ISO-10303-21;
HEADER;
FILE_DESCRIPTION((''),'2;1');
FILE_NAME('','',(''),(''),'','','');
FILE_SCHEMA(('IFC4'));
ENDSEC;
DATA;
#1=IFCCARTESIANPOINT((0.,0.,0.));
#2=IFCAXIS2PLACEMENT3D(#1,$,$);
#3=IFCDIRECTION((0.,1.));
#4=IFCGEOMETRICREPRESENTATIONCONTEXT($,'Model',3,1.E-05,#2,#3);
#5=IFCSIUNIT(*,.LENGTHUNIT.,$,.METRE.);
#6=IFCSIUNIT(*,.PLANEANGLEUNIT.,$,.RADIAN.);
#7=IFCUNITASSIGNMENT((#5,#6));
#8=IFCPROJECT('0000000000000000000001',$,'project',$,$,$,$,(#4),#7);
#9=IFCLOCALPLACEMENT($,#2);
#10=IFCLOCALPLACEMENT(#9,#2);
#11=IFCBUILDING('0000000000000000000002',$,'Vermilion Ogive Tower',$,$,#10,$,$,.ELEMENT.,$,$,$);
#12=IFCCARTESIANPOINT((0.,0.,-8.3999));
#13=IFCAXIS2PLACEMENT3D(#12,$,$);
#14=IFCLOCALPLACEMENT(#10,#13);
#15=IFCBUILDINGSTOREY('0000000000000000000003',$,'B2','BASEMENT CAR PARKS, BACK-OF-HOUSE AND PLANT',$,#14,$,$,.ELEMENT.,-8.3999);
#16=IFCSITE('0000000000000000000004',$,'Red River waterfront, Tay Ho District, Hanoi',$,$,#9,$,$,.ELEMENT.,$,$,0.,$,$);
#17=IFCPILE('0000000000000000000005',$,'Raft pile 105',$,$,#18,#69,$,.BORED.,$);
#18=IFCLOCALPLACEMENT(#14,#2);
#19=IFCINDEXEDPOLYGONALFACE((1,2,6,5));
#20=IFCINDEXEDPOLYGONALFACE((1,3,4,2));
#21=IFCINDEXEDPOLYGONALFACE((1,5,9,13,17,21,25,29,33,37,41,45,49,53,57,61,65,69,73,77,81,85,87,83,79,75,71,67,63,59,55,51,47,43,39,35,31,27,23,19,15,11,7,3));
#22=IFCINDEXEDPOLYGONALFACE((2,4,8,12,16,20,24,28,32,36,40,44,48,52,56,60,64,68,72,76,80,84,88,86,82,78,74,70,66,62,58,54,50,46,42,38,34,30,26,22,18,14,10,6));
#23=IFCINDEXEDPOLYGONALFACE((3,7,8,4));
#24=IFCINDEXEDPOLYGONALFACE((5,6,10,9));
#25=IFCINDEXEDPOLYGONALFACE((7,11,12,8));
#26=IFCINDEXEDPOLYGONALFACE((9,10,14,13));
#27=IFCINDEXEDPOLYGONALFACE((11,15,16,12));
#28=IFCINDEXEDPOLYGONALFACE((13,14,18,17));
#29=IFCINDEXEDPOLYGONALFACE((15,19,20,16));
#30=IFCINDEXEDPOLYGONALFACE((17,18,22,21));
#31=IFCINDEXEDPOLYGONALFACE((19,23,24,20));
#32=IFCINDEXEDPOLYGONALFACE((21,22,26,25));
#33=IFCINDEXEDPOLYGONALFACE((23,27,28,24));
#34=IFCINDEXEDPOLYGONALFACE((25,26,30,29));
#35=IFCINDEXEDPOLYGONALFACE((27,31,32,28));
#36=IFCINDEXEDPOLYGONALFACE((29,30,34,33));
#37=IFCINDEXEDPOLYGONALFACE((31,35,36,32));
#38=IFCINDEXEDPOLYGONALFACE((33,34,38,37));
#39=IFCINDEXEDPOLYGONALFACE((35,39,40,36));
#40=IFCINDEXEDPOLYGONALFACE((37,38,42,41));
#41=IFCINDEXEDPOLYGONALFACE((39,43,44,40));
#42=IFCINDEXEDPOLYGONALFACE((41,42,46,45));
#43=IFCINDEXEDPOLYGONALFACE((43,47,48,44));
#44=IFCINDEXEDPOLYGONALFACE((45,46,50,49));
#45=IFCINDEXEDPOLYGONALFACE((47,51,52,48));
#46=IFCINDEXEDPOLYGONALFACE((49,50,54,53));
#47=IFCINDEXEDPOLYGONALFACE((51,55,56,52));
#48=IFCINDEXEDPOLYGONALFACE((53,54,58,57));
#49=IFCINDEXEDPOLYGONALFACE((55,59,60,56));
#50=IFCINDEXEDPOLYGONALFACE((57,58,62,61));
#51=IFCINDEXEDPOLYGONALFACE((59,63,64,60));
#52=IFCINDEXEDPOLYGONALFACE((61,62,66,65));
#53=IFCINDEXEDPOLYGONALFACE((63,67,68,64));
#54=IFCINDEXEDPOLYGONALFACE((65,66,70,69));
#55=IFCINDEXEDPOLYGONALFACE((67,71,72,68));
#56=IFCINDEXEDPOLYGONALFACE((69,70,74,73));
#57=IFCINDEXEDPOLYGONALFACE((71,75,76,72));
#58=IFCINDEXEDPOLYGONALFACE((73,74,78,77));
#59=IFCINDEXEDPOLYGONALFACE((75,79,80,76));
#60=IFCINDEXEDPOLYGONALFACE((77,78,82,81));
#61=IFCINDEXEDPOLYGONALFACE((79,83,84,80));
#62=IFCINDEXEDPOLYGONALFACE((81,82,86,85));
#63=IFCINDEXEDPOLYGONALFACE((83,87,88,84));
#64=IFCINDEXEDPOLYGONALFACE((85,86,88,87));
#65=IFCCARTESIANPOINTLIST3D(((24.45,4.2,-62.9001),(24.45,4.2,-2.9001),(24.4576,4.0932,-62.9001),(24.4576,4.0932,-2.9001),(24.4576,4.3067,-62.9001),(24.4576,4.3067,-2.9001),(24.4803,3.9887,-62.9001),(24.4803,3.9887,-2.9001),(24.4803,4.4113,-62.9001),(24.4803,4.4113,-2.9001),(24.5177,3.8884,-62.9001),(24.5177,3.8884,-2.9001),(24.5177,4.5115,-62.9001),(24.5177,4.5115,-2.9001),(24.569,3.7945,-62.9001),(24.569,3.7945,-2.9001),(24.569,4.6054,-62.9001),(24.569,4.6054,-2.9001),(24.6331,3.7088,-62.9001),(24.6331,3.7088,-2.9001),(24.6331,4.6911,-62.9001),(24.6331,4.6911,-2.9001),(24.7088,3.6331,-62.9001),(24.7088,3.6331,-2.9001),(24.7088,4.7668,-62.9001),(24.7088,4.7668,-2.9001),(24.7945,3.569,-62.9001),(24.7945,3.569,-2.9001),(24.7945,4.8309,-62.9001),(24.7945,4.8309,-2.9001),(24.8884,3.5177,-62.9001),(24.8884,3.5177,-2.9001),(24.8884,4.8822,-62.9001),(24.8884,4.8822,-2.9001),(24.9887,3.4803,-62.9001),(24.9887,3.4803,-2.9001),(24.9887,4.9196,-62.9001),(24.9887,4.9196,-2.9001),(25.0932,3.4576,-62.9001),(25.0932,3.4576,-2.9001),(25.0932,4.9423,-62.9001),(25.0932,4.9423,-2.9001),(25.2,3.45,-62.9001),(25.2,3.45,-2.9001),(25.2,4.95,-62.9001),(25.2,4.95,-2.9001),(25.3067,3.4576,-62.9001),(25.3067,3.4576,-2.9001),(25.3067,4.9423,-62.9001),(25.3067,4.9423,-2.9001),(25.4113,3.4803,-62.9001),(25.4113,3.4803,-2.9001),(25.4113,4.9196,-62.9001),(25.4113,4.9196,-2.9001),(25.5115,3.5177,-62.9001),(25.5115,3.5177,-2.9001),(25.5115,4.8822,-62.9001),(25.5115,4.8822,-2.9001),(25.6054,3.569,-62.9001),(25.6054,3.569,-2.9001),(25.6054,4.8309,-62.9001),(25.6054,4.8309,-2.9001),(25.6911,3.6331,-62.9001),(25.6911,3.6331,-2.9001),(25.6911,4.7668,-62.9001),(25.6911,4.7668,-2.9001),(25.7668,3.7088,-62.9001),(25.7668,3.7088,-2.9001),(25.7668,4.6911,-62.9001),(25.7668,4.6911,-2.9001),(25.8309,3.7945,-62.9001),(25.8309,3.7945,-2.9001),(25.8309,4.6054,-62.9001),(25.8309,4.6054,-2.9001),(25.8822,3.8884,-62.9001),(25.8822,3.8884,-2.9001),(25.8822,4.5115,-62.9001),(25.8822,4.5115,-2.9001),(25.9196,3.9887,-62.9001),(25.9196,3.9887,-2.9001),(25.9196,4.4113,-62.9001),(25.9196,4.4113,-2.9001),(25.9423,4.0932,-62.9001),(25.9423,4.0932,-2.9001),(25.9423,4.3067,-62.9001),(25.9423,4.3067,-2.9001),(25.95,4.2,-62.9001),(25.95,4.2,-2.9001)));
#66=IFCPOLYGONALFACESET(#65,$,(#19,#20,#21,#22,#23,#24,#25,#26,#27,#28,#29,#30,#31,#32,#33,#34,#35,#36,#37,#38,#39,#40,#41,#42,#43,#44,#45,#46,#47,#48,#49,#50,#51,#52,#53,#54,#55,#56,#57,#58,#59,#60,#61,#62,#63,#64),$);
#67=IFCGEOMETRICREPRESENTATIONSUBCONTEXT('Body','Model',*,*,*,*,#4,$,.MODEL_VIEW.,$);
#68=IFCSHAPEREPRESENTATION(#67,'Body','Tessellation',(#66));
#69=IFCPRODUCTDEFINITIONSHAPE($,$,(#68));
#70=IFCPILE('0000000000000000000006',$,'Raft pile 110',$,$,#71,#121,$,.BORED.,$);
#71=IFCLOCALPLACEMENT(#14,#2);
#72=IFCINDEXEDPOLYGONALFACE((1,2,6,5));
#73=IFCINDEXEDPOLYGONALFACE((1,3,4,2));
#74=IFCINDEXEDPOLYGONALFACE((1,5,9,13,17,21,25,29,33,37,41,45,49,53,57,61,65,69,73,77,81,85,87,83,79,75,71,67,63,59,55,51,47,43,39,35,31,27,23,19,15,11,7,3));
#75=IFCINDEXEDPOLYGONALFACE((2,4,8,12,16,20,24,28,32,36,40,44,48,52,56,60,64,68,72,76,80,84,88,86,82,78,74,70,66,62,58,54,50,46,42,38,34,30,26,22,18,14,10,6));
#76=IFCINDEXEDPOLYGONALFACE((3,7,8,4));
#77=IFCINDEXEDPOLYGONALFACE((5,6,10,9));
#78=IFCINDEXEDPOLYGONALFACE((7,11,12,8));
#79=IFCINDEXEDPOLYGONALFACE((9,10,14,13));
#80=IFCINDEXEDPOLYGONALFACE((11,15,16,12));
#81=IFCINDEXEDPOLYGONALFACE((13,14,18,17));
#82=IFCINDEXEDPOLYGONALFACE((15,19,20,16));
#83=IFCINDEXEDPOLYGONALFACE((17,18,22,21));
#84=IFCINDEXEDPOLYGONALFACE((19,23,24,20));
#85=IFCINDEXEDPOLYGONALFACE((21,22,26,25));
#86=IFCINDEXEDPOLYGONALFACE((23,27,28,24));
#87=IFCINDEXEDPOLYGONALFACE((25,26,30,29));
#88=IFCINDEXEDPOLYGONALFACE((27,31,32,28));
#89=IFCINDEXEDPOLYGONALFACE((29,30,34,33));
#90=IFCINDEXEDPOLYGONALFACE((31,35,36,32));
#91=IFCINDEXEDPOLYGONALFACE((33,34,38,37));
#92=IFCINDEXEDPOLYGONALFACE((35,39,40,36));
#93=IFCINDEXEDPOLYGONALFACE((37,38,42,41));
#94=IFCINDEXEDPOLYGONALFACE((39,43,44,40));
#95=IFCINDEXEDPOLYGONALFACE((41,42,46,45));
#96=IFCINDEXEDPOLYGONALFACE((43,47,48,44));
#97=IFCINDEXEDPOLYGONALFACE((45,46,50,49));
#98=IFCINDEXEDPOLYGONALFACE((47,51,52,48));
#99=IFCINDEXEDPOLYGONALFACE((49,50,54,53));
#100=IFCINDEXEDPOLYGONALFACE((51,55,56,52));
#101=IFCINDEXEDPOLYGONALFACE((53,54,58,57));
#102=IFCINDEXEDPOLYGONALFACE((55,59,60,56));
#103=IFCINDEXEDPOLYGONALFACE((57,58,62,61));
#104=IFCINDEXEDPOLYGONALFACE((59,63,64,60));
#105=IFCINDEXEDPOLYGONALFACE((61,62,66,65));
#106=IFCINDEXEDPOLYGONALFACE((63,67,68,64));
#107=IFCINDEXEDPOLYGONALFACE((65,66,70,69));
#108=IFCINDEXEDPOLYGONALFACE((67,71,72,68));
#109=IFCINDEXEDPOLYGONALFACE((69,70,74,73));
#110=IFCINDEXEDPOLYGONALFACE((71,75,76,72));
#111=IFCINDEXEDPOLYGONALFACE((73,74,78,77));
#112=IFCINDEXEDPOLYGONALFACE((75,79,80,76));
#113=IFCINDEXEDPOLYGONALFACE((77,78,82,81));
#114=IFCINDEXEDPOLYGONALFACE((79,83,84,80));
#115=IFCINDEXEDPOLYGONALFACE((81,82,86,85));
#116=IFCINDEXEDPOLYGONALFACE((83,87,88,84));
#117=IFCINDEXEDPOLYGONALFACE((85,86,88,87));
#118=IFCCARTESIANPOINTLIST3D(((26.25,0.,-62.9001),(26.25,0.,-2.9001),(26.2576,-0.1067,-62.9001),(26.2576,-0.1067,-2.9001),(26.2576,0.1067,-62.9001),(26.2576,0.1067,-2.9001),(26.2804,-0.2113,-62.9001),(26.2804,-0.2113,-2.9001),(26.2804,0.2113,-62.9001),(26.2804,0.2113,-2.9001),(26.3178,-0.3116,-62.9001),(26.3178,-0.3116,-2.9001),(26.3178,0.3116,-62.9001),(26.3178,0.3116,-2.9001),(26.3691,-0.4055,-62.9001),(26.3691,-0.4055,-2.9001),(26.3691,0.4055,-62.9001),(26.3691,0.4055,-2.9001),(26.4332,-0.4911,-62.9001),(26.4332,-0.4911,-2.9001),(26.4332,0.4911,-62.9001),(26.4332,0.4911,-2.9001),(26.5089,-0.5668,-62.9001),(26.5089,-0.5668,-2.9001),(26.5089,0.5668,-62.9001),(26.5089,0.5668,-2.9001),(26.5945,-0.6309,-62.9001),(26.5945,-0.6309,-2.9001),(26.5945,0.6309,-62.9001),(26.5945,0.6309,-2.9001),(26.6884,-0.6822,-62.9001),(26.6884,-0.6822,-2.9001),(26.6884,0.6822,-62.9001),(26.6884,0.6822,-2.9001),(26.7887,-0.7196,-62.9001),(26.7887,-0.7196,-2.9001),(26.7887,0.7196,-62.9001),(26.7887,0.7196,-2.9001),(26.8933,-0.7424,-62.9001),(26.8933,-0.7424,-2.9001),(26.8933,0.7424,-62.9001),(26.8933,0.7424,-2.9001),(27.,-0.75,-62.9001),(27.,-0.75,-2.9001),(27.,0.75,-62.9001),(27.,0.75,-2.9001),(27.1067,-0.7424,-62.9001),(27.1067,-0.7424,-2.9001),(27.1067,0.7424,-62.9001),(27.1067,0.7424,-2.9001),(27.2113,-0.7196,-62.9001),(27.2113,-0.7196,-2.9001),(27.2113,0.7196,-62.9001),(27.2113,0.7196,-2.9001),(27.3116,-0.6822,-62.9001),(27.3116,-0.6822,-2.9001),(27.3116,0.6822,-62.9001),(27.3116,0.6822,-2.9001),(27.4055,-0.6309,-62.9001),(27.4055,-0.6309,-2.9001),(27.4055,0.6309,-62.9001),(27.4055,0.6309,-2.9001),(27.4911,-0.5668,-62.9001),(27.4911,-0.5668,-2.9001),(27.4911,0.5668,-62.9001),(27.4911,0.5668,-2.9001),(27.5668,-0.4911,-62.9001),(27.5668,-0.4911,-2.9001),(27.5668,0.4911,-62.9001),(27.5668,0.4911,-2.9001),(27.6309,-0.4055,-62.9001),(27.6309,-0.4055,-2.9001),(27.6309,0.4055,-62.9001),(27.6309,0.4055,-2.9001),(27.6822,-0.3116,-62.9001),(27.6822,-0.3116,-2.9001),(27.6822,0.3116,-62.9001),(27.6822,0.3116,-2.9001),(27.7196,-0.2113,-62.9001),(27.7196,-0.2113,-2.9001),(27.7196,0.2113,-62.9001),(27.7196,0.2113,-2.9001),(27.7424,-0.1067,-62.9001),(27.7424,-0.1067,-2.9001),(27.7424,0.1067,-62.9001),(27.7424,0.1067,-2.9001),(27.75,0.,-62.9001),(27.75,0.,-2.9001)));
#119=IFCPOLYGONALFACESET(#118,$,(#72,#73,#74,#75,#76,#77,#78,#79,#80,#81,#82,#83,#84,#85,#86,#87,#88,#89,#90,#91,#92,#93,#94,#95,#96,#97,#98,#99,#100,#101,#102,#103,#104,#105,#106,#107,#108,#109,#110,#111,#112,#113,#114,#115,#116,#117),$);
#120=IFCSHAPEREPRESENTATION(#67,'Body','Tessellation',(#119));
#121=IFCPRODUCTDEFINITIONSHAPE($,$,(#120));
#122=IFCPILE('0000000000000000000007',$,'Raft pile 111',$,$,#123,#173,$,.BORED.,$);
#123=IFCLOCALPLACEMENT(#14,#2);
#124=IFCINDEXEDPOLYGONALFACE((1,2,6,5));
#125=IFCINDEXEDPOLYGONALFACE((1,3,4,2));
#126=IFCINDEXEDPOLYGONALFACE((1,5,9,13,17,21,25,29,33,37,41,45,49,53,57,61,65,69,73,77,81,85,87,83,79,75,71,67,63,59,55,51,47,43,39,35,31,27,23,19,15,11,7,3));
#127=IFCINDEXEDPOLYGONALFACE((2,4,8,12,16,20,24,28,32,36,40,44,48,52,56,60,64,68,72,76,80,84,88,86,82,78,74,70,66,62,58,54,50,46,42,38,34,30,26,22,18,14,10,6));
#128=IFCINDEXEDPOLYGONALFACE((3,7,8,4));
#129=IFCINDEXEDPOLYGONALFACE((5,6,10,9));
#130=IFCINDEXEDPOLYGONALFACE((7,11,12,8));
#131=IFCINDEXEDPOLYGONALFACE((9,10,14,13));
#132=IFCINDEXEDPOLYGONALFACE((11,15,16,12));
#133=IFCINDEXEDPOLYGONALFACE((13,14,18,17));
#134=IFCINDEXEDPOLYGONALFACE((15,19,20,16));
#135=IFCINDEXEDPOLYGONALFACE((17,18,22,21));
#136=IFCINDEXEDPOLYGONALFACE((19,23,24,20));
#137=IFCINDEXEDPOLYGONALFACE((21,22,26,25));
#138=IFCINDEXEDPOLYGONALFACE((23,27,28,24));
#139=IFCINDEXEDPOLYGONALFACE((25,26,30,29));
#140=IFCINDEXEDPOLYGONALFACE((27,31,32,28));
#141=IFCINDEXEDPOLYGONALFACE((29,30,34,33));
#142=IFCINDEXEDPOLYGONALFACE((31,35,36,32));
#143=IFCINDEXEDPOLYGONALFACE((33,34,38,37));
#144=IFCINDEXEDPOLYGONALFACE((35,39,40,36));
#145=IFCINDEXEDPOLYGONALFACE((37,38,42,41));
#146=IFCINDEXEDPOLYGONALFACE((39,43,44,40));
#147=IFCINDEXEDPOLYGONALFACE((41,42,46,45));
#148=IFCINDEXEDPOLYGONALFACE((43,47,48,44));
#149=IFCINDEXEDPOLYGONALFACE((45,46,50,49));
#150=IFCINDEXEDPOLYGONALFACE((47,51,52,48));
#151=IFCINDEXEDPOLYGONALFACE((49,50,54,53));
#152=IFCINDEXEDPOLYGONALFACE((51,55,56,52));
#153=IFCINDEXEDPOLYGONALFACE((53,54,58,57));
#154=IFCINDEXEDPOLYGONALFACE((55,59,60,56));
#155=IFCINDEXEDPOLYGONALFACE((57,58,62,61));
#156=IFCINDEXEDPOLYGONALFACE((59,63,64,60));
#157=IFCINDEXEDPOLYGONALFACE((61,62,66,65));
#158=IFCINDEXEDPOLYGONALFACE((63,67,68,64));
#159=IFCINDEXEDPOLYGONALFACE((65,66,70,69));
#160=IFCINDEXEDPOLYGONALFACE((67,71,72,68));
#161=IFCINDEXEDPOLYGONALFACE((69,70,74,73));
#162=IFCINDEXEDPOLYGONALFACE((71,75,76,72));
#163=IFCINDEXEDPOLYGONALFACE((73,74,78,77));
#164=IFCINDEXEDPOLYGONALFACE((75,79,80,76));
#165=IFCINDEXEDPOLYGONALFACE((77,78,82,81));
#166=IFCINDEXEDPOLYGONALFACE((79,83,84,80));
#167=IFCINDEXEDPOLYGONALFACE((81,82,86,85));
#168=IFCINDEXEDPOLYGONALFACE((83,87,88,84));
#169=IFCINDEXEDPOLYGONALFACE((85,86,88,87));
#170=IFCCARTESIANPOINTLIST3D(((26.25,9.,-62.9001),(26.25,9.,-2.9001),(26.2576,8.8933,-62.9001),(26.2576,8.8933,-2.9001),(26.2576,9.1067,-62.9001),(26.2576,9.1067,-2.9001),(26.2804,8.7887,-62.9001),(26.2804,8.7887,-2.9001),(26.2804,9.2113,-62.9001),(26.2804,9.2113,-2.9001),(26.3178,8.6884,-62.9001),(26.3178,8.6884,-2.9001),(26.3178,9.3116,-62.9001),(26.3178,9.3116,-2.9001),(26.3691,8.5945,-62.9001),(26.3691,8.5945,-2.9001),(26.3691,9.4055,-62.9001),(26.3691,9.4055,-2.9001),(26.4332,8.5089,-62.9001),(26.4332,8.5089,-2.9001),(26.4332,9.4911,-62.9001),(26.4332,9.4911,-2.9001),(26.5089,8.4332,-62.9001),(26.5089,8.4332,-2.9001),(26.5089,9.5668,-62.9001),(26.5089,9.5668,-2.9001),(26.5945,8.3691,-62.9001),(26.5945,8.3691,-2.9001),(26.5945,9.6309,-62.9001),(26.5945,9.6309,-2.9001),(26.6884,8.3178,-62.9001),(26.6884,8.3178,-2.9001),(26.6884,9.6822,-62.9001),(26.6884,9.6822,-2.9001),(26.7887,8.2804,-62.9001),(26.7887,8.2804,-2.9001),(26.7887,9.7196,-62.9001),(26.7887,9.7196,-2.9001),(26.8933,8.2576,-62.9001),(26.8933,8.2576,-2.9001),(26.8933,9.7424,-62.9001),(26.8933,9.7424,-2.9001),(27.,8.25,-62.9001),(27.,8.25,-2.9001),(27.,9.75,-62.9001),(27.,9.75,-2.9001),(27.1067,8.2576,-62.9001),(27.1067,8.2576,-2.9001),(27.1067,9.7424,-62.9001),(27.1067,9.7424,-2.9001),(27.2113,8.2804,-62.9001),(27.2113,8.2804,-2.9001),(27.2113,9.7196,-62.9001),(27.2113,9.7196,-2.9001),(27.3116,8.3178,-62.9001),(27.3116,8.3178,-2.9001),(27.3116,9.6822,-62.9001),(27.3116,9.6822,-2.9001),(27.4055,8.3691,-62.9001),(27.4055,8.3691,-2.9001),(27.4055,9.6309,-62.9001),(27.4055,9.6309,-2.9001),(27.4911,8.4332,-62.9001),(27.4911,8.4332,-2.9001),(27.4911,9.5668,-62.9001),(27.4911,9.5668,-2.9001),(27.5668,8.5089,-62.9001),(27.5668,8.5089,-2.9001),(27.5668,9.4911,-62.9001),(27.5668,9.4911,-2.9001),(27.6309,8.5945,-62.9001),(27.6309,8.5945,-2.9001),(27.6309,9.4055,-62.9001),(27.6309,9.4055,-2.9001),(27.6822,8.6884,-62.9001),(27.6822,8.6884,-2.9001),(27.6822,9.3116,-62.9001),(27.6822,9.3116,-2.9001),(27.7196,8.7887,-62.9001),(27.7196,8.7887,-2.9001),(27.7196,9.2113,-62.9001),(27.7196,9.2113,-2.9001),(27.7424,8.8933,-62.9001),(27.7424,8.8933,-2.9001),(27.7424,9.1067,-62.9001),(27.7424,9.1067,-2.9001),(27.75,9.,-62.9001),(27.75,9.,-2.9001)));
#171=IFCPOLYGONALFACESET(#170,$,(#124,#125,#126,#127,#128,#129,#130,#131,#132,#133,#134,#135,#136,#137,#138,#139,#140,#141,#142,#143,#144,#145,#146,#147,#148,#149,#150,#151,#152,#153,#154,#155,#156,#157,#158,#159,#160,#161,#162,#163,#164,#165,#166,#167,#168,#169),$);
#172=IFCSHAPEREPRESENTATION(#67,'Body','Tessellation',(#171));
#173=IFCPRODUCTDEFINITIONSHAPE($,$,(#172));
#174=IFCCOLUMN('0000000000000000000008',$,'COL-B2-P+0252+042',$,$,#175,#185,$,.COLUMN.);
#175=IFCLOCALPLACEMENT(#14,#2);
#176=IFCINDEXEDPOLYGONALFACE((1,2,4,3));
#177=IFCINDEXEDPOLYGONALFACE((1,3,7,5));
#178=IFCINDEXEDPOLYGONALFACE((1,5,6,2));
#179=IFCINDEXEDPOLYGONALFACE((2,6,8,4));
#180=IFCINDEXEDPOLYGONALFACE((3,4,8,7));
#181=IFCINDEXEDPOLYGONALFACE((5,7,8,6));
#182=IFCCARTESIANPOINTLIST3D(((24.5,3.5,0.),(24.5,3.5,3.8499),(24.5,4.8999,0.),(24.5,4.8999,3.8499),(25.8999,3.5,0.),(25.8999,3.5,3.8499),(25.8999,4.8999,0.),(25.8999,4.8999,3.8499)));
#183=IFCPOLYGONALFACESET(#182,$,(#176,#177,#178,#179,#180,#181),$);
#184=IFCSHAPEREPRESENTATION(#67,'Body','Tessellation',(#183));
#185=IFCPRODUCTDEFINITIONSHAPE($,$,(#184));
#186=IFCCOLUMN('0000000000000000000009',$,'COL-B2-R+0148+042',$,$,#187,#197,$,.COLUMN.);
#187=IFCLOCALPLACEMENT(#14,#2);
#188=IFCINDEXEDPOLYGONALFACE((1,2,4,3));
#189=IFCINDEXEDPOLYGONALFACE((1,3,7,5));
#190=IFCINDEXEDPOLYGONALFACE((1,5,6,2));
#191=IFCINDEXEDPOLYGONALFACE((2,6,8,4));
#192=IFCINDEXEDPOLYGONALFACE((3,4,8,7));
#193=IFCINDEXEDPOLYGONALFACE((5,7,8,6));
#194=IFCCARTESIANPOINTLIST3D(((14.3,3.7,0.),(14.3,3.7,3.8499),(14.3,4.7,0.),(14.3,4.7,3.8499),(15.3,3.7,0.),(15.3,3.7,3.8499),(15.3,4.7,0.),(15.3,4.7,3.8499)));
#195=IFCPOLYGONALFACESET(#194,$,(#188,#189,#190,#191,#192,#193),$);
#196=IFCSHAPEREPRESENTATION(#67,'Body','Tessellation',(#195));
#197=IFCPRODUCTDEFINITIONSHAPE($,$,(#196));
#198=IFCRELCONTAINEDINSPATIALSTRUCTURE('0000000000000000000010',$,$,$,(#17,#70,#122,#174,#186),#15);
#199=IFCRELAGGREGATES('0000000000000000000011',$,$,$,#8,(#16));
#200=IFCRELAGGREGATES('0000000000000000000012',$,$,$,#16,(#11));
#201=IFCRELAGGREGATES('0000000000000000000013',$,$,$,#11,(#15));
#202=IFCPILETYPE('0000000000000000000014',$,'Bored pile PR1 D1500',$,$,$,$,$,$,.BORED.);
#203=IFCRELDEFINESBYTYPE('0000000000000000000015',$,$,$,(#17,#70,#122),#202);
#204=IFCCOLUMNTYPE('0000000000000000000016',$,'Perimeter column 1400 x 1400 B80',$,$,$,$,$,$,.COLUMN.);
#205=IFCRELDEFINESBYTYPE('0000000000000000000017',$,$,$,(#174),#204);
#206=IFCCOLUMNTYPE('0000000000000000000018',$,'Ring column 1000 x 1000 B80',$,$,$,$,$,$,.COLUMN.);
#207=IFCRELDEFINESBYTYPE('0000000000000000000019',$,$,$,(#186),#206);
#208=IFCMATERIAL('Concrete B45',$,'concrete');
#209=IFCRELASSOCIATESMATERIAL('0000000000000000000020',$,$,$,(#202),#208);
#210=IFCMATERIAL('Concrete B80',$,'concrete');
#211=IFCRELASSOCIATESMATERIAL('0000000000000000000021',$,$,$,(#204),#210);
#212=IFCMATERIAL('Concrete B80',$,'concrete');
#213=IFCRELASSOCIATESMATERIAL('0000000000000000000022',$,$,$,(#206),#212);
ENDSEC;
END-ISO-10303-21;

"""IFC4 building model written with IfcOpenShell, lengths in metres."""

from ifc_helpers import new_model, si_unit, direction, frame, origin, origin_2d, place, context, subcontext, project, spatial, rectangle, circle, extrude, material, material_profile, profile_set, type_object, element, save


model = new_model("IFC4")

# Units and contexts
model_context = context("Model", 3, precision=1e-05, world=origin(), true_north=direction((0.0, 1.0)))
body_context = subcontext(model_context, "Body", "Model", "MODEL_VIEW")
ifc_project = project(units=[si_unit("LENGTHUNIT", "METRE"), si_unit("PLANEANGLEUNIT", "RADIAN")], contexts=[model_context])

# Site, building, storey
site_placement = place(None, origin())
site = spatial("IfcSite", under=ifc_project, at=site_placement, Name="Red River waterfront, Tay Ho District, Hanoi", CompositionType="ELEMENT", RefElevation=0.0)
building_placement = place(site_placement, origin())
building = spatial("IfcBuilding", under=site, at=building_placement, Name="Vermilion Ogive Tower", CompositionType="ELEMENT")
storey_placement = place(building_placement, frame((0.0, 0.0, -8.3999)))
storey = spatial("IfcBuildingStorey", under=building, at=storey_placement, Name="B2", Description="BASEMENT CAR PARKS, BACK-OF-HOUSE AND PLANT", CompositionType="ELEMENT", Elevation=-8.3999)

# Piles
ifc_material_1 = material(Name="Concrete B45", Category="concrete")
pile_type = type_object("IfcPileType", Name="Bored pile PR1 D1500", PredefinedType="BORED", material=ifc_material_1)
for number, where, z_axis, x_axis, name in (
    (1, (25.2, 4.2, -2.9001), (0.0, 0.0, -1.0), (1.0, 0.0, 0.0), "Raft pile 105"),
    (2, (27.0, 0.0, -2.9001), (0.0, 0.0, -1.0), (1.0, 0.0, 0.0), "Raft pile 110"),
    (3, (27.0, 9.0, -2.9001), (0.0, 0.0, -1.0), (1.0, 0.0, 0.0), "Raft pile 111"),
):
    element("IfcPile", number, at=place(storey_placement, frame(where, z_axis=z_axis, x_axis=x_axis)), inside=storey, type_object=pile_type, Name=name, PredefinedType="BORED", context=body_context, shape_type="SweptSolid", body=[
        extrude(circle(Radius=0.75, at=origin_2d()), origin(), (0.0, 0.0, 1.0), 60.0),
    ])

# Columns
ifc_material_2 = material(Name="Concrete B80", Category="concrete")
ifc_material_profile_1 = material_profile(ifc_material_2, rectangle(XDim=1.3999, YDim=1.3999, at=origin_2d()), Name="1400 x 1400")
ifc_profile_set_1 = profile_set([ifc_material_profile_1], Name="Concrete B80")
column_type_1 = type_object("IfcColumnType", Name="Perimeter column 1400 x 1400 B80", PredefinedType="COLUMN", material=ifc_profile_set_1)
column_1_placement = place(storey_placement, frame((25.2, 4.2, 0.0), z_axis=(0.0, 0.0, 1.0), x_axis=(1.0, 0.0, 0.0)))
element("IfcColumn", 4, at=column_1_placement, inside=storey, type_object=column_type_1, Name="COL-B2-P+0252+042", PredefinedType="COLUMN", context=body_context, shape_type="SweptSolid", body=[
    extrude(rectangle(XDim=1.3999, YDim=1.3999, at=origin_2d()), origin(), (0.0, 0.0, 1.0), 3.8499),
])
ifc_material_3 = material(Name="Concrete B80", Category="concrete")
ifc_material_profile_2 = material_profile(ifc_material_3, rectangle(XDim=1.0, YDim=1.0, at=origin_2d()), Name="1000 x 1000")
ifc_profile_set_2 = profile_set([ifc_material_profile_2], Name="Concrete B80")
column_type_2 = type_object("IfcColumnType", Name="Ring column 1000 x 1000 B80", PredefinedType="COLUMN", material=ifc_profile_set_2)
column_2_placement = place(storey_placement, frame((14.8, 4.2, 0.0), z_axis=(0.0, 0.0, 1.0), x_axis=(1.0, 0.0, 0.0)))
element("IfcColumn", 5, at=column_2_placement, inside=storey, type_object=column_type_2, Name="COL-B2-R+0148+042", PredefinedType="COLUMN", context=body_context, shape_type="SweptSolid", body=[
    extrude(rectangle(XDim=1.0, YDim=1.0, at=origin_2d()), origin(), (0.0, 0.0, 1.0), 3.8499),
])

save(model, "model.ifc")
